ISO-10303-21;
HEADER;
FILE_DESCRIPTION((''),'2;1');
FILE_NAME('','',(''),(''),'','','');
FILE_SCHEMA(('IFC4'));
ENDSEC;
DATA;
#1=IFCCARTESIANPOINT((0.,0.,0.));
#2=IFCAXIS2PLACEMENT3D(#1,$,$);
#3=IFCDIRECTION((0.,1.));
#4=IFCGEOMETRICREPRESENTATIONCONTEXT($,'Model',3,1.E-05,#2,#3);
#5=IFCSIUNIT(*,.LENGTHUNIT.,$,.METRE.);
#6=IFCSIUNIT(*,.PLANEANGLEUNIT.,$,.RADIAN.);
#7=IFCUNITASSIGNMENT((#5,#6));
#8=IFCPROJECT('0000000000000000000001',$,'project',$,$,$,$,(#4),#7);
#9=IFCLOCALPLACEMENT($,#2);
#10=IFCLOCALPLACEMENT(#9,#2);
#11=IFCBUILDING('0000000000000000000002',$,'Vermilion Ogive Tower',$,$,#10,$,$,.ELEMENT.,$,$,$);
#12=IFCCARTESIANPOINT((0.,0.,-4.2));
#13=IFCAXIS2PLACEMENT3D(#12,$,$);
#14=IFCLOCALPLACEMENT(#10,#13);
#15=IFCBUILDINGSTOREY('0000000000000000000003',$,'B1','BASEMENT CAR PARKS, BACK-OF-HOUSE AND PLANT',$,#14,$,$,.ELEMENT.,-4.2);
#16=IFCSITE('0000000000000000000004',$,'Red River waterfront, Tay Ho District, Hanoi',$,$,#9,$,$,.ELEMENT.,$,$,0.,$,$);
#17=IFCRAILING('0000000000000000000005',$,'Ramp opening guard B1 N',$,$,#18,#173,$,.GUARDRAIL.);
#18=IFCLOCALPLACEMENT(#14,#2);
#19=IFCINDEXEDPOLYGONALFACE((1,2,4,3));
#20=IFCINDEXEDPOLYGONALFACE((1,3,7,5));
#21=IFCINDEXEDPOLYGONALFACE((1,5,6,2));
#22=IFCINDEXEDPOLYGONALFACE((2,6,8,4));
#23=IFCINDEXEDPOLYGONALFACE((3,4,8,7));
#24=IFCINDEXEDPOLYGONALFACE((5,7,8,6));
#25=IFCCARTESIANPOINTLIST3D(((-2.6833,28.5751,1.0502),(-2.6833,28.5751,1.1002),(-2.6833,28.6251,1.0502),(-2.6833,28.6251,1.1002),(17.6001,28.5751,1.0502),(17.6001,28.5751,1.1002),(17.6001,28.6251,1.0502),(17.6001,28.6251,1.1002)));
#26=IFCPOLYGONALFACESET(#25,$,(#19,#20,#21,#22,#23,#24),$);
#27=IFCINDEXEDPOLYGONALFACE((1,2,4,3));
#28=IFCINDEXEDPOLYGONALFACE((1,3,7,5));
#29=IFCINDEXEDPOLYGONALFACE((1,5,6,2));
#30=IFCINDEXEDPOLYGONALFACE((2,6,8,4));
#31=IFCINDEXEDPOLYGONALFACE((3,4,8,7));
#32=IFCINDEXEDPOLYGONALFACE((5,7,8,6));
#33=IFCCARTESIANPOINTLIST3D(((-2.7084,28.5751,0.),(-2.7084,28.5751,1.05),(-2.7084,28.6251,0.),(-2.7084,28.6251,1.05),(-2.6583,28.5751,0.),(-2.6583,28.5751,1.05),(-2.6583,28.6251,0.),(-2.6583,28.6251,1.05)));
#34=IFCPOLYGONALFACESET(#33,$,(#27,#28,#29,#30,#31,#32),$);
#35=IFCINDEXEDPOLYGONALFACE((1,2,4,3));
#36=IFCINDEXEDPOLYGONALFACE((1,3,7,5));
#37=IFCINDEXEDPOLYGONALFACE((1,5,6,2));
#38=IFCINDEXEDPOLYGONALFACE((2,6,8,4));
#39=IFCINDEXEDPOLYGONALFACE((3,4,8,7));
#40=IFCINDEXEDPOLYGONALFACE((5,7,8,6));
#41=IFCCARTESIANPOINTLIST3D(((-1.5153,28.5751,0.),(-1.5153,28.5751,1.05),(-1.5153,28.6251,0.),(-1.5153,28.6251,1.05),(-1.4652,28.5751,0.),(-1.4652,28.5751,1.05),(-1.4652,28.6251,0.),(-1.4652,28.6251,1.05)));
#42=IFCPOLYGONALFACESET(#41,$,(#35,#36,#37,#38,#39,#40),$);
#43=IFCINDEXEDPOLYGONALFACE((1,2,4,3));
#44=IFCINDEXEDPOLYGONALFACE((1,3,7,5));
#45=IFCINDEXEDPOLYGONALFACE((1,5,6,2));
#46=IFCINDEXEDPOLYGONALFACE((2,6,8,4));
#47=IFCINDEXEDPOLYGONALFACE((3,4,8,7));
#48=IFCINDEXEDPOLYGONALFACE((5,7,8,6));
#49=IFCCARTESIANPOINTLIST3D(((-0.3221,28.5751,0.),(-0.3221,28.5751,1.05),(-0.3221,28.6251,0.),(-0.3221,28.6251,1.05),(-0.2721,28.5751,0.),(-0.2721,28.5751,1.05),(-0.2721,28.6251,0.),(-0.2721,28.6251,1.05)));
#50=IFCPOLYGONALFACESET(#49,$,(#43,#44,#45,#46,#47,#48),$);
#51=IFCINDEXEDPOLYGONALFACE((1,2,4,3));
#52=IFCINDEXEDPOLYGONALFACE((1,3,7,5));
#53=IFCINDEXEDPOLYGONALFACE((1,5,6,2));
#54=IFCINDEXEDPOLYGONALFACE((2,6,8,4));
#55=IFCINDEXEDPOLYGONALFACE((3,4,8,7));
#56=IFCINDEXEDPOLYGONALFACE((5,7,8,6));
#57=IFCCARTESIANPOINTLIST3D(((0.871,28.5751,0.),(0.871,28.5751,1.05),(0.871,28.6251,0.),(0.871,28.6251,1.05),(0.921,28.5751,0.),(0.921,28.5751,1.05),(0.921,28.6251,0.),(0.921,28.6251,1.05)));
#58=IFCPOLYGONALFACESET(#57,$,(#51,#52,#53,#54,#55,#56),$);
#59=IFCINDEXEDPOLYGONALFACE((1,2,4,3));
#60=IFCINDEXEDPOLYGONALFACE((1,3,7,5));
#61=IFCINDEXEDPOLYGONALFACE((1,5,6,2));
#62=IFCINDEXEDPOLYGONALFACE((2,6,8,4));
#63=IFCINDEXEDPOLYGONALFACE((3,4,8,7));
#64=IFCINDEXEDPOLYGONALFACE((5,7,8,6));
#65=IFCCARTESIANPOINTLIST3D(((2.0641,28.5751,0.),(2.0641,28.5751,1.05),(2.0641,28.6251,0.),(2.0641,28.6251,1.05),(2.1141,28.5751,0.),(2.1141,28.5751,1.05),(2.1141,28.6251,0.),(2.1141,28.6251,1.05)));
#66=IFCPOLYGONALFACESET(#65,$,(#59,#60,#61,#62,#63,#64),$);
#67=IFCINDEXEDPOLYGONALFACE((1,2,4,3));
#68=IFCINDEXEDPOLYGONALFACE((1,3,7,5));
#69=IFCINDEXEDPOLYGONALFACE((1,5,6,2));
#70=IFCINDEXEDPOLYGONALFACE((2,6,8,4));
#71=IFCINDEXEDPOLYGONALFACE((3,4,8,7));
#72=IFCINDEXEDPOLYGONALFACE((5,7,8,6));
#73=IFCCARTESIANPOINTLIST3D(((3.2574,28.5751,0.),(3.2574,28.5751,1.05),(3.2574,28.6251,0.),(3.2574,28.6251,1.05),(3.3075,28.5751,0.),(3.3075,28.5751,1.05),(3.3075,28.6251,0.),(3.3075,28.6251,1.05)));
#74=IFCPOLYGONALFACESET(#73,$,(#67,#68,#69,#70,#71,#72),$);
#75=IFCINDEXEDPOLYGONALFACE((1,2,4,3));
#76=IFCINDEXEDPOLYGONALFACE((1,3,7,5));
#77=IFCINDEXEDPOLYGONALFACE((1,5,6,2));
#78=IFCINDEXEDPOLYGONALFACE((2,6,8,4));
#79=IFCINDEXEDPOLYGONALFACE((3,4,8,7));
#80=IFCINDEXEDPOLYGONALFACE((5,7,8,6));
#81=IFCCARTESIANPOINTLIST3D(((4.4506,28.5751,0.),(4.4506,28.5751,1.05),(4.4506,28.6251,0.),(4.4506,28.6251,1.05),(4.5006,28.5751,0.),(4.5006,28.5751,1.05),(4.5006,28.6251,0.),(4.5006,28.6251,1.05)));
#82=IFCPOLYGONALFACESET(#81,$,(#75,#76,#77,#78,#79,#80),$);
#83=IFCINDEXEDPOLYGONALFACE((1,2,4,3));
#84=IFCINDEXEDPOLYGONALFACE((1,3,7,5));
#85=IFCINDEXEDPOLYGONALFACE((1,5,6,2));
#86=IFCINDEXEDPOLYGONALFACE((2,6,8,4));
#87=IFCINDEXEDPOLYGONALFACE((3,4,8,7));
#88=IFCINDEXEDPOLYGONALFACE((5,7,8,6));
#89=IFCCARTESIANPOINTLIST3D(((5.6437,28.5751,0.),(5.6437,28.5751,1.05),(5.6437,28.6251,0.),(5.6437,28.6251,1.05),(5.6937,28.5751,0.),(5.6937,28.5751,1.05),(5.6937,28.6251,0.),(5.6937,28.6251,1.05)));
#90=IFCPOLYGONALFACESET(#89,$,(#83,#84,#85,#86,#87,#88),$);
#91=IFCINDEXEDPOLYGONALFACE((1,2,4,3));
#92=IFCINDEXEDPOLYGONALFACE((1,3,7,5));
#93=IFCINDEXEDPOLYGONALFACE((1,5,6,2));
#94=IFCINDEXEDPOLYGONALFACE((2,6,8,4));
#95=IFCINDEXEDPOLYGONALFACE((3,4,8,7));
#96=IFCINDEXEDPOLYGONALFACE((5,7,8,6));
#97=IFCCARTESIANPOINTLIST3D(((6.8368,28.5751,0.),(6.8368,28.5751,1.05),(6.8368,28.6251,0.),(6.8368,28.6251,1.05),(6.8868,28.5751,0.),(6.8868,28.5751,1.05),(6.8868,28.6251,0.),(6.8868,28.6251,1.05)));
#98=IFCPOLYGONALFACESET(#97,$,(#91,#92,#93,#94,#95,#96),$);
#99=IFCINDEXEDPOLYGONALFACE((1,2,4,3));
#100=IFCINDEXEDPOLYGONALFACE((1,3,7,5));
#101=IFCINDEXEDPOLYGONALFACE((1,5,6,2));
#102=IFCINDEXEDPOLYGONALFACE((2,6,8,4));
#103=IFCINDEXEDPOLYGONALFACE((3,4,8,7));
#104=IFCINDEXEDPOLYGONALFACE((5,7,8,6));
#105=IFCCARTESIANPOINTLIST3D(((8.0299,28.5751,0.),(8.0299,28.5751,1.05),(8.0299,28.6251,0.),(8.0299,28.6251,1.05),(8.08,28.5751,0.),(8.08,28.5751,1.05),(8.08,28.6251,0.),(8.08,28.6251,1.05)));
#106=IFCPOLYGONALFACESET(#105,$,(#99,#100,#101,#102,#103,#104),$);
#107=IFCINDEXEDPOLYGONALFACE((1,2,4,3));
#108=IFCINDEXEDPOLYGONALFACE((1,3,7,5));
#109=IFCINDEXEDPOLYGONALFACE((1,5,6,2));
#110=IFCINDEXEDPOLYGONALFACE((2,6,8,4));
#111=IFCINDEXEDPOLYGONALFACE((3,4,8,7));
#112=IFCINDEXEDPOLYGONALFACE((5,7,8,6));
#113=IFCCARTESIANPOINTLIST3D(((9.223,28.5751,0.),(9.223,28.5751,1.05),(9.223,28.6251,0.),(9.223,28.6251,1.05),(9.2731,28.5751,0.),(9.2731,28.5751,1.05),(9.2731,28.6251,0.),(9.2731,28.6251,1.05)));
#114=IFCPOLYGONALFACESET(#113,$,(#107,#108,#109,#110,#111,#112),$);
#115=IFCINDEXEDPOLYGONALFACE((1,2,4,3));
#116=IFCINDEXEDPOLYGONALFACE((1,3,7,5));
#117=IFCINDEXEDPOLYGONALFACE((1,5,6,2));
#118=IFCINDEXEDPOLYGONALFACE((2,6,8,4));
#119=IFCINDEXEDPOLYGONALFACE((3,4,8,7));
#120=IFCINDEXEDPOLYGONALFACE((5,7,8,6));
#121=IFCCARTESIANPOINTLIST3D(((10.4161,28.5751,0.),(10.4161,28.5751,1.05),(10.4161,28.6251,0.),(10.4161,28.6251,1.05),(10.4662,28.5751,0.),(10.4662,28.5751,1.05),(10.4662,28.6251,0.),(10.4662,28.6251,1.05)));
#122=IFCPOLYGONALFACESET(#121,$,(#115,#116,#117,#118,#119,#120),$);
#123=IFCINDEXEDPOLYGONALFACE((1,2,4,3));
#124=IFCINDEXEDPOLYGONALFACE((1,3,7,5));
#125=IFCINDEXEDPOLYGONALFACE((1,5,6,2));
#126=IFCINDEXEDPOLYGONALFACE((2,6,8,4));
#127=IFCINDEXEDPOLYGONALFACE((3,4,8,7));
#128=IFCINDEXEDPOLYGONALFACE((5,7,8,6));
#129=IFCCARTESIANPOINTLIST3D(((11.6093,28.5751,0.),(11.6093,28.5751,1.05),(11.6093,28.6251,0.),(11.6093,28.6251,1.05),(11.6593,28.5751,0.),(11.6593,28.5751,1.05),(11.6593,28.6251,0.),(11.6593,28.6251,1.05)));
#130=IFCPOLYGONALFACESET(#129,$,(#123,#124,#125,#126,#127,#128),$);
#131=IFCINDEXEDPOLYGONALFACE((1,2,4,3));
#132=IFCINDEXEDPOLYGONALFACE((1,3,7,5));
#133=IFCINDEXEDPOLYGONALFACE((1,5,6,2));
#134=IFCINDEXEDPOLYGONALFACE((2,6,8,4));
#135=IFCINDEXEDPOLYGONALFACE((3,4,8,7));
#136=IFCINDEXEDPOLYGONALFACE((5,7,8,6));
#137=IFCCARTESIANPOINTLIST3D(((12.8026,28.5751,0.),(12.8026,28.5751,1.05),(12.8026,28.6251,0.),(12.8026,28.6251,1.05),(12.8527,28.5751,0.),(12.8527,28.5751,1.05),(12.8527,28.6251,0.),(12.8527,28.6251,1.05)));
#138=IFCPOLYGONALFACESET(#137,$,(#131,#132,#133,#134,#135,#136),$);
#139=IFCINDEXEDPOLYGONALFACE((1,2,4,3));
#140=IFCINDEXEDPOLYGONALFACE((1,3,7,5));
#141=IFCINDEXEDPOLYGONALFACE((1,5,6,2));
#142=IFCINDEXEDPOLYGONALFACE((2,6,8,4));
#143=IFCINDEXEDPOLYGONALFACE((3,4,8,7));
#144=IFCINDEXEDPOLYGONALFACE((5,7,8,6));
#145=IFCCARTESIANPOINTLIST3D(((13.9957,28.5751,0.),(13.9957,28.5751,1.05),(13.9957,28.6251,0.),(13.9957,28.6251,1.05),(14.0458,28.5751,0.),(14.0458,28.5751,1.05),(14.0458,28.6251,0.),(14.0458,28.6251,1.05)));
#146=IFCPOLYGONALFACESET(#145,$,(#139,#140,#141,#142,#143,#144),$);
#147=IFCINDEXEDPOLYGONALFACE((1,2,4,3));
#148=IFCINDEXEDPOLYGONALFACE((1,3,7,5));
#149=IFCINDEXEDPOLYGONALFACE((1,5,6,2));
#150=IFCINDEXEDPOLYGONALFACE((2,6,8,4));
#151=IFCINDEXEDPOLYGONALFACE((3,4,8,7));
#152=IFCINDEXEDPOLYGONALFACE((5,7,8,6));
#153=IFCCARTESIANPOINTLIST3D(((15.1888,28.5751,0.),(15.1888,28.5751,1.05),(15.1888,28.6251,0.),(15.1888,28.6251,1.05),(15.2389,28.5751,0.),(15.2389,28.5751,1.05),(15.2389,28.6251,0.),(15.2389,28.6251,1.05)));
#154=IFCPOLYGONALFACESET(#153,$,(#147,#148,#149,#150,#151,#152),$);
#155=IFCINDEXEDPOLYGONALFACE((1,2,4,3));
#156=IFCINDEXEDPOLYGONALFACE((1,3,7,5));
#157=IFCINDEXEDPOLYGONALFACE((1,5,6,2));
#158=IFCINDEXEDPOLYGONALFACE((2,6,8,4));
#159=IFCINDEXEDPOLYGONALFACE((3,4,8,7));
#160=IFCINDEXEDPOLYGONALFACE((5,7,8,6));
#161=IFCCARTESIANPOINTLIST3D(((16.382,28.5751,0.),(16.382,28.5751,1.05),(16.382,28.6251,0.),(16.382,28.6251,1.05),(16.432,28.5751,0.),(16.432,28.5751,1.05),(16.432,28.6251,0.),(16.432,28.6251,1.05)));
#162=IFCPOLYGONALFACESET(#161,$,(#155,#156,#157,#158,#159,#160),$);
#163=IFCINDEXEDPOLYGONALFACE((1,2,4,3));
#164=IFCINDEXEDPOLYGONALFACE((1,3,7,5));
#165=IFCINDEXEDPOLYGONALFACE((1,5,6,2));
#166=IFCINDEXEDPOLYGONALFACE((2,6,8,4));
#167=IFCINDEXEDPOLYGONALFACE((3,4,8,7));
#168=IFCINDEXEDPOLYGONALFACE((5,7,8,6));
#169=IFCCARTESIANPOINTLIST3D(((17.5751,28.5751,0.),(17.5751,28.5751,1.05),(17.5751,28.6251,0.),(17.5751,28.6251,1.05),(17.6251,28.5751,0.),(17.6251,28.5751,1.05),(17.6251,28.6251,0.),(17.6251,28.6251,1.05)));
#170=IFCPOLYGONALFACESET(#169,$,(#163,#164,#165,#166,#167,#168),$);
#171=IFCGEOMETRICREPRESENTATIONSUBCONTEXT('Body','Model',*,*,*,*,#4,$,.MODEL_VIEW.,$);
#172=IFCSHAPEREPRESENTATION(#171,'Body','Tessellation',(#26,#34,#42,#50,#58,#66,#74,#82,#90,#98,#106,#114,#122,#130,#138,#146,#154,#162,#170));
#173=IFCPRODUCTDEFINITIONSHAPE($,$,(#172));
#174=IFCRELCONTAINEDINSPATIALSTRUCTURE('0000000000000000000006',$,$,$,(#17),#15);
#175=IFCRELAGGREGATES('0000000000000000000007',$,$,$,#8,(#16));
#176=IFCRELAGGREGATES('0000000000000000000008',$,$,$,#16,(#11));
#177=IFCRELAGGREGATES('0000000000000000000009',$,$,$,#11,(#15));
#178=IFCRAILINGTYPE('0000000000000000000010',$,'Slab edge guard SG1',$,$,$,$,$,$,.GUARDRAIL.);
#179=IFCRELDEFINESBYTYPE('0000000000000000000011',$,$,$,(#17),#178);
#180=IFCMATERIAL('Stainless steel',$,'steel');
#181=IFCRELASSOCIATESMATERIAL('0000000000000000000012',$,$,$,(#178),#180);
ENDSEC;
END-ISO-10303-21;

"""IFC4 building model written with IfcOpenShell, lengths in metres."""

from ifc_helpers import new_model, si_unit, direction, frame, origin, origin_2d, place, context, subcontext, project, spatial, rectangle, extrude, material, type_object, element, save


model = new_model("IFC4")

# Units and contexts
model_context = context("Model", 3, precision=1e-05, world=origin(), true_north=direction((0.0, 1.0)))
body_context = subcontext(model_context, "Body", "Model", "MODEL_VIEW")
ifc_project = project(units=[si_unit("LENGTHUNIT", "METRE"), si_unit("PLANEANGLEUNIT", "RADIAN")], contexts=[model_context])

# Site, building, storey
site_placement = place(None, origin())
site = spatial("IfcSite", under=ifc_project, at=site_placement, Name="Red River waterfront, Tay Ho District, Hanoi", CompositionType="ELEMENT", RefElevation=0.0)
building_placement = place(site_placement, origin())
building = spatial("IfcBuilding", under=site, at=building_placement, Name="Vermilion Ogive Tower", CompositionType="ELEMENT")
storey_placement = place(building_placement, frame((0.0, 0.0, -4.2)))
storey = spatial("IfcBuildingStorey", under=building, at=storey_placement, Name="B1", Description="BASEMENT CAR PARKS, BACK-OF-HOUSE AND PLANT", CompositionType="ELEMENT", Elevation=-4.2)

# Railing
ifc_material_1 = material(Name="Stainless steel", Category="steel")
railing_type_1 = type_object("IfcRailingType", Name="Slab edge guard SG1", PredefinedType="GUARDRAIL", material=ifc_material_1)
railing_1_placement = place(storey_placement, frame((-2.6833, 28.6001, 0.0)))
element("IfcRailing", 1, at=railing_1_placement, inside=storey, type_object=railing_type_1, Name="Ramp opening guard B1 N", PredefinedType="GUARDRAIL", context=body_context, shape_type="SweptSolid", body=[
    extrude(rectangle(XDim=0.05, YDim=0.05, at=origin_2d()), frame((0.0, 0.0, 1.0752), z_axis=(1.0, 0.0, 0.0), x_axis=(0.0, 1.0, 0.0)), (0.0, 0.0, 1.0), 20.2834),
    extrude(rectangle(XDim=0.05, YDim=0.05, at=origin_2d()), origin(), (0.0, 0.0, 1.0), 1.05),
    extrude(rectangle(XDim=0.05, YDim=0.05, at=origin_2d()), frame((1.1931, 0.0, 0.0)), (0.0, 0.0, 1.0), 1.05),
    extrude(rectangle(XDim=0.05, YDim=0.05, at=origin_2d()), frame((2.3862, 0.0, 0.0)), (0.0, 0.0, 1.0), 1.05),
    extrude(rectangle(XDim=0.05, YDim=0.05, at=origin_2d()), frame((3.5793, 0.0, 0.0)), (0.0, 0.0, 1.0), 1.05),
    extrude(rectangle(XDim=0.05, YDim=0.05, at=origin_2d()), frame((4.7725, 0.0, 0.0)), (0.0, 0.0, 1.0), 1.05),
    extrude(rectangle(XDim=0.05, YDim=0.05, at=origin_2d()), frame((5.9658, 0.0, 0.0)), (0.0, 0.0, 1.0), 1.05),
    extrude(rectangle(XDim=0.05, YDim=0.05, at=origin_2d()), frame((7.1589, 0.0, 0.0)), (0.0, 0.0, 1.0), 1.05),
    extrude(rectangle(XDim=0.05, YDim=0.05, at=origin_2d()), frame((8.3521, 0.0, 0.0)), (0.0, 0.0, 1.0), 1.05),
    extrude(rectangle(XDim=0.05, YDim=0.05, at=origin_2d()), frame((9.5452, 0.0, 0.0)), (0.0, 0.0, 1.0), 1.05),
    extrude(rectangle(XDim=0.05, YDim=0.05, at=origin_2d()), frame((10.7383, 0.0, 0.0)), (0.0, 0.0, 1.0), 1.05),
    extrude(rectangle(XDim=0.05, YDim=0.05, at=origin_2d()), frame((11.9314, 0.0, 0.0)), (0.0, 0.0, 1.0), 1.05),
    extrude(rectangle(XDim=0.05, YDim=0.05, at=origin_2d()), frame((13.1245, 0.0, 0.0)), (0.0, 0.0, 1.0), 1.05),
    extrude(rectangle(XDim=0.05, YDim=0.05, at=origin_2d()), frame((14.3176, 0.0, 0.0)), (0.0, 0.0, 1.0), 1.05),
    extrude(rectangle(XDim=0.05, YDim=0.05, at=origin_2d()), frame((15.511, 0.0, 0.0)), (0.0, 0.0, 1.0), 1.05),
    extrude(rectangle(XDim=0.05, YDim=0.05, at=origin_2d()), frame((16.7041, 0.0, 0.0)), (0.0, 0.0, 1.0), 1.05),
    extrude(rectangle(XDim=0.05, YDim=0.05, at=origin_2d()), frame((17.8972, 0.0, 0.0)), (0.0, 0.0, 1.0), 1.05),
    extrude(rectangle(XDim=0.05, YDim=0.05, at=origin_2d()), frame((19.0903, 0.0, 0.0)), (0.0, 0.0, 1.0), 1.05),
    extrude(rectangle(XDim=0.05, YDim=0.05, at=origin_2d()), frame((20.2834, 0.0, 0.0)), (0.0, 0.0, 1.0), 1.05),
])

save(model, "model.ifc")
